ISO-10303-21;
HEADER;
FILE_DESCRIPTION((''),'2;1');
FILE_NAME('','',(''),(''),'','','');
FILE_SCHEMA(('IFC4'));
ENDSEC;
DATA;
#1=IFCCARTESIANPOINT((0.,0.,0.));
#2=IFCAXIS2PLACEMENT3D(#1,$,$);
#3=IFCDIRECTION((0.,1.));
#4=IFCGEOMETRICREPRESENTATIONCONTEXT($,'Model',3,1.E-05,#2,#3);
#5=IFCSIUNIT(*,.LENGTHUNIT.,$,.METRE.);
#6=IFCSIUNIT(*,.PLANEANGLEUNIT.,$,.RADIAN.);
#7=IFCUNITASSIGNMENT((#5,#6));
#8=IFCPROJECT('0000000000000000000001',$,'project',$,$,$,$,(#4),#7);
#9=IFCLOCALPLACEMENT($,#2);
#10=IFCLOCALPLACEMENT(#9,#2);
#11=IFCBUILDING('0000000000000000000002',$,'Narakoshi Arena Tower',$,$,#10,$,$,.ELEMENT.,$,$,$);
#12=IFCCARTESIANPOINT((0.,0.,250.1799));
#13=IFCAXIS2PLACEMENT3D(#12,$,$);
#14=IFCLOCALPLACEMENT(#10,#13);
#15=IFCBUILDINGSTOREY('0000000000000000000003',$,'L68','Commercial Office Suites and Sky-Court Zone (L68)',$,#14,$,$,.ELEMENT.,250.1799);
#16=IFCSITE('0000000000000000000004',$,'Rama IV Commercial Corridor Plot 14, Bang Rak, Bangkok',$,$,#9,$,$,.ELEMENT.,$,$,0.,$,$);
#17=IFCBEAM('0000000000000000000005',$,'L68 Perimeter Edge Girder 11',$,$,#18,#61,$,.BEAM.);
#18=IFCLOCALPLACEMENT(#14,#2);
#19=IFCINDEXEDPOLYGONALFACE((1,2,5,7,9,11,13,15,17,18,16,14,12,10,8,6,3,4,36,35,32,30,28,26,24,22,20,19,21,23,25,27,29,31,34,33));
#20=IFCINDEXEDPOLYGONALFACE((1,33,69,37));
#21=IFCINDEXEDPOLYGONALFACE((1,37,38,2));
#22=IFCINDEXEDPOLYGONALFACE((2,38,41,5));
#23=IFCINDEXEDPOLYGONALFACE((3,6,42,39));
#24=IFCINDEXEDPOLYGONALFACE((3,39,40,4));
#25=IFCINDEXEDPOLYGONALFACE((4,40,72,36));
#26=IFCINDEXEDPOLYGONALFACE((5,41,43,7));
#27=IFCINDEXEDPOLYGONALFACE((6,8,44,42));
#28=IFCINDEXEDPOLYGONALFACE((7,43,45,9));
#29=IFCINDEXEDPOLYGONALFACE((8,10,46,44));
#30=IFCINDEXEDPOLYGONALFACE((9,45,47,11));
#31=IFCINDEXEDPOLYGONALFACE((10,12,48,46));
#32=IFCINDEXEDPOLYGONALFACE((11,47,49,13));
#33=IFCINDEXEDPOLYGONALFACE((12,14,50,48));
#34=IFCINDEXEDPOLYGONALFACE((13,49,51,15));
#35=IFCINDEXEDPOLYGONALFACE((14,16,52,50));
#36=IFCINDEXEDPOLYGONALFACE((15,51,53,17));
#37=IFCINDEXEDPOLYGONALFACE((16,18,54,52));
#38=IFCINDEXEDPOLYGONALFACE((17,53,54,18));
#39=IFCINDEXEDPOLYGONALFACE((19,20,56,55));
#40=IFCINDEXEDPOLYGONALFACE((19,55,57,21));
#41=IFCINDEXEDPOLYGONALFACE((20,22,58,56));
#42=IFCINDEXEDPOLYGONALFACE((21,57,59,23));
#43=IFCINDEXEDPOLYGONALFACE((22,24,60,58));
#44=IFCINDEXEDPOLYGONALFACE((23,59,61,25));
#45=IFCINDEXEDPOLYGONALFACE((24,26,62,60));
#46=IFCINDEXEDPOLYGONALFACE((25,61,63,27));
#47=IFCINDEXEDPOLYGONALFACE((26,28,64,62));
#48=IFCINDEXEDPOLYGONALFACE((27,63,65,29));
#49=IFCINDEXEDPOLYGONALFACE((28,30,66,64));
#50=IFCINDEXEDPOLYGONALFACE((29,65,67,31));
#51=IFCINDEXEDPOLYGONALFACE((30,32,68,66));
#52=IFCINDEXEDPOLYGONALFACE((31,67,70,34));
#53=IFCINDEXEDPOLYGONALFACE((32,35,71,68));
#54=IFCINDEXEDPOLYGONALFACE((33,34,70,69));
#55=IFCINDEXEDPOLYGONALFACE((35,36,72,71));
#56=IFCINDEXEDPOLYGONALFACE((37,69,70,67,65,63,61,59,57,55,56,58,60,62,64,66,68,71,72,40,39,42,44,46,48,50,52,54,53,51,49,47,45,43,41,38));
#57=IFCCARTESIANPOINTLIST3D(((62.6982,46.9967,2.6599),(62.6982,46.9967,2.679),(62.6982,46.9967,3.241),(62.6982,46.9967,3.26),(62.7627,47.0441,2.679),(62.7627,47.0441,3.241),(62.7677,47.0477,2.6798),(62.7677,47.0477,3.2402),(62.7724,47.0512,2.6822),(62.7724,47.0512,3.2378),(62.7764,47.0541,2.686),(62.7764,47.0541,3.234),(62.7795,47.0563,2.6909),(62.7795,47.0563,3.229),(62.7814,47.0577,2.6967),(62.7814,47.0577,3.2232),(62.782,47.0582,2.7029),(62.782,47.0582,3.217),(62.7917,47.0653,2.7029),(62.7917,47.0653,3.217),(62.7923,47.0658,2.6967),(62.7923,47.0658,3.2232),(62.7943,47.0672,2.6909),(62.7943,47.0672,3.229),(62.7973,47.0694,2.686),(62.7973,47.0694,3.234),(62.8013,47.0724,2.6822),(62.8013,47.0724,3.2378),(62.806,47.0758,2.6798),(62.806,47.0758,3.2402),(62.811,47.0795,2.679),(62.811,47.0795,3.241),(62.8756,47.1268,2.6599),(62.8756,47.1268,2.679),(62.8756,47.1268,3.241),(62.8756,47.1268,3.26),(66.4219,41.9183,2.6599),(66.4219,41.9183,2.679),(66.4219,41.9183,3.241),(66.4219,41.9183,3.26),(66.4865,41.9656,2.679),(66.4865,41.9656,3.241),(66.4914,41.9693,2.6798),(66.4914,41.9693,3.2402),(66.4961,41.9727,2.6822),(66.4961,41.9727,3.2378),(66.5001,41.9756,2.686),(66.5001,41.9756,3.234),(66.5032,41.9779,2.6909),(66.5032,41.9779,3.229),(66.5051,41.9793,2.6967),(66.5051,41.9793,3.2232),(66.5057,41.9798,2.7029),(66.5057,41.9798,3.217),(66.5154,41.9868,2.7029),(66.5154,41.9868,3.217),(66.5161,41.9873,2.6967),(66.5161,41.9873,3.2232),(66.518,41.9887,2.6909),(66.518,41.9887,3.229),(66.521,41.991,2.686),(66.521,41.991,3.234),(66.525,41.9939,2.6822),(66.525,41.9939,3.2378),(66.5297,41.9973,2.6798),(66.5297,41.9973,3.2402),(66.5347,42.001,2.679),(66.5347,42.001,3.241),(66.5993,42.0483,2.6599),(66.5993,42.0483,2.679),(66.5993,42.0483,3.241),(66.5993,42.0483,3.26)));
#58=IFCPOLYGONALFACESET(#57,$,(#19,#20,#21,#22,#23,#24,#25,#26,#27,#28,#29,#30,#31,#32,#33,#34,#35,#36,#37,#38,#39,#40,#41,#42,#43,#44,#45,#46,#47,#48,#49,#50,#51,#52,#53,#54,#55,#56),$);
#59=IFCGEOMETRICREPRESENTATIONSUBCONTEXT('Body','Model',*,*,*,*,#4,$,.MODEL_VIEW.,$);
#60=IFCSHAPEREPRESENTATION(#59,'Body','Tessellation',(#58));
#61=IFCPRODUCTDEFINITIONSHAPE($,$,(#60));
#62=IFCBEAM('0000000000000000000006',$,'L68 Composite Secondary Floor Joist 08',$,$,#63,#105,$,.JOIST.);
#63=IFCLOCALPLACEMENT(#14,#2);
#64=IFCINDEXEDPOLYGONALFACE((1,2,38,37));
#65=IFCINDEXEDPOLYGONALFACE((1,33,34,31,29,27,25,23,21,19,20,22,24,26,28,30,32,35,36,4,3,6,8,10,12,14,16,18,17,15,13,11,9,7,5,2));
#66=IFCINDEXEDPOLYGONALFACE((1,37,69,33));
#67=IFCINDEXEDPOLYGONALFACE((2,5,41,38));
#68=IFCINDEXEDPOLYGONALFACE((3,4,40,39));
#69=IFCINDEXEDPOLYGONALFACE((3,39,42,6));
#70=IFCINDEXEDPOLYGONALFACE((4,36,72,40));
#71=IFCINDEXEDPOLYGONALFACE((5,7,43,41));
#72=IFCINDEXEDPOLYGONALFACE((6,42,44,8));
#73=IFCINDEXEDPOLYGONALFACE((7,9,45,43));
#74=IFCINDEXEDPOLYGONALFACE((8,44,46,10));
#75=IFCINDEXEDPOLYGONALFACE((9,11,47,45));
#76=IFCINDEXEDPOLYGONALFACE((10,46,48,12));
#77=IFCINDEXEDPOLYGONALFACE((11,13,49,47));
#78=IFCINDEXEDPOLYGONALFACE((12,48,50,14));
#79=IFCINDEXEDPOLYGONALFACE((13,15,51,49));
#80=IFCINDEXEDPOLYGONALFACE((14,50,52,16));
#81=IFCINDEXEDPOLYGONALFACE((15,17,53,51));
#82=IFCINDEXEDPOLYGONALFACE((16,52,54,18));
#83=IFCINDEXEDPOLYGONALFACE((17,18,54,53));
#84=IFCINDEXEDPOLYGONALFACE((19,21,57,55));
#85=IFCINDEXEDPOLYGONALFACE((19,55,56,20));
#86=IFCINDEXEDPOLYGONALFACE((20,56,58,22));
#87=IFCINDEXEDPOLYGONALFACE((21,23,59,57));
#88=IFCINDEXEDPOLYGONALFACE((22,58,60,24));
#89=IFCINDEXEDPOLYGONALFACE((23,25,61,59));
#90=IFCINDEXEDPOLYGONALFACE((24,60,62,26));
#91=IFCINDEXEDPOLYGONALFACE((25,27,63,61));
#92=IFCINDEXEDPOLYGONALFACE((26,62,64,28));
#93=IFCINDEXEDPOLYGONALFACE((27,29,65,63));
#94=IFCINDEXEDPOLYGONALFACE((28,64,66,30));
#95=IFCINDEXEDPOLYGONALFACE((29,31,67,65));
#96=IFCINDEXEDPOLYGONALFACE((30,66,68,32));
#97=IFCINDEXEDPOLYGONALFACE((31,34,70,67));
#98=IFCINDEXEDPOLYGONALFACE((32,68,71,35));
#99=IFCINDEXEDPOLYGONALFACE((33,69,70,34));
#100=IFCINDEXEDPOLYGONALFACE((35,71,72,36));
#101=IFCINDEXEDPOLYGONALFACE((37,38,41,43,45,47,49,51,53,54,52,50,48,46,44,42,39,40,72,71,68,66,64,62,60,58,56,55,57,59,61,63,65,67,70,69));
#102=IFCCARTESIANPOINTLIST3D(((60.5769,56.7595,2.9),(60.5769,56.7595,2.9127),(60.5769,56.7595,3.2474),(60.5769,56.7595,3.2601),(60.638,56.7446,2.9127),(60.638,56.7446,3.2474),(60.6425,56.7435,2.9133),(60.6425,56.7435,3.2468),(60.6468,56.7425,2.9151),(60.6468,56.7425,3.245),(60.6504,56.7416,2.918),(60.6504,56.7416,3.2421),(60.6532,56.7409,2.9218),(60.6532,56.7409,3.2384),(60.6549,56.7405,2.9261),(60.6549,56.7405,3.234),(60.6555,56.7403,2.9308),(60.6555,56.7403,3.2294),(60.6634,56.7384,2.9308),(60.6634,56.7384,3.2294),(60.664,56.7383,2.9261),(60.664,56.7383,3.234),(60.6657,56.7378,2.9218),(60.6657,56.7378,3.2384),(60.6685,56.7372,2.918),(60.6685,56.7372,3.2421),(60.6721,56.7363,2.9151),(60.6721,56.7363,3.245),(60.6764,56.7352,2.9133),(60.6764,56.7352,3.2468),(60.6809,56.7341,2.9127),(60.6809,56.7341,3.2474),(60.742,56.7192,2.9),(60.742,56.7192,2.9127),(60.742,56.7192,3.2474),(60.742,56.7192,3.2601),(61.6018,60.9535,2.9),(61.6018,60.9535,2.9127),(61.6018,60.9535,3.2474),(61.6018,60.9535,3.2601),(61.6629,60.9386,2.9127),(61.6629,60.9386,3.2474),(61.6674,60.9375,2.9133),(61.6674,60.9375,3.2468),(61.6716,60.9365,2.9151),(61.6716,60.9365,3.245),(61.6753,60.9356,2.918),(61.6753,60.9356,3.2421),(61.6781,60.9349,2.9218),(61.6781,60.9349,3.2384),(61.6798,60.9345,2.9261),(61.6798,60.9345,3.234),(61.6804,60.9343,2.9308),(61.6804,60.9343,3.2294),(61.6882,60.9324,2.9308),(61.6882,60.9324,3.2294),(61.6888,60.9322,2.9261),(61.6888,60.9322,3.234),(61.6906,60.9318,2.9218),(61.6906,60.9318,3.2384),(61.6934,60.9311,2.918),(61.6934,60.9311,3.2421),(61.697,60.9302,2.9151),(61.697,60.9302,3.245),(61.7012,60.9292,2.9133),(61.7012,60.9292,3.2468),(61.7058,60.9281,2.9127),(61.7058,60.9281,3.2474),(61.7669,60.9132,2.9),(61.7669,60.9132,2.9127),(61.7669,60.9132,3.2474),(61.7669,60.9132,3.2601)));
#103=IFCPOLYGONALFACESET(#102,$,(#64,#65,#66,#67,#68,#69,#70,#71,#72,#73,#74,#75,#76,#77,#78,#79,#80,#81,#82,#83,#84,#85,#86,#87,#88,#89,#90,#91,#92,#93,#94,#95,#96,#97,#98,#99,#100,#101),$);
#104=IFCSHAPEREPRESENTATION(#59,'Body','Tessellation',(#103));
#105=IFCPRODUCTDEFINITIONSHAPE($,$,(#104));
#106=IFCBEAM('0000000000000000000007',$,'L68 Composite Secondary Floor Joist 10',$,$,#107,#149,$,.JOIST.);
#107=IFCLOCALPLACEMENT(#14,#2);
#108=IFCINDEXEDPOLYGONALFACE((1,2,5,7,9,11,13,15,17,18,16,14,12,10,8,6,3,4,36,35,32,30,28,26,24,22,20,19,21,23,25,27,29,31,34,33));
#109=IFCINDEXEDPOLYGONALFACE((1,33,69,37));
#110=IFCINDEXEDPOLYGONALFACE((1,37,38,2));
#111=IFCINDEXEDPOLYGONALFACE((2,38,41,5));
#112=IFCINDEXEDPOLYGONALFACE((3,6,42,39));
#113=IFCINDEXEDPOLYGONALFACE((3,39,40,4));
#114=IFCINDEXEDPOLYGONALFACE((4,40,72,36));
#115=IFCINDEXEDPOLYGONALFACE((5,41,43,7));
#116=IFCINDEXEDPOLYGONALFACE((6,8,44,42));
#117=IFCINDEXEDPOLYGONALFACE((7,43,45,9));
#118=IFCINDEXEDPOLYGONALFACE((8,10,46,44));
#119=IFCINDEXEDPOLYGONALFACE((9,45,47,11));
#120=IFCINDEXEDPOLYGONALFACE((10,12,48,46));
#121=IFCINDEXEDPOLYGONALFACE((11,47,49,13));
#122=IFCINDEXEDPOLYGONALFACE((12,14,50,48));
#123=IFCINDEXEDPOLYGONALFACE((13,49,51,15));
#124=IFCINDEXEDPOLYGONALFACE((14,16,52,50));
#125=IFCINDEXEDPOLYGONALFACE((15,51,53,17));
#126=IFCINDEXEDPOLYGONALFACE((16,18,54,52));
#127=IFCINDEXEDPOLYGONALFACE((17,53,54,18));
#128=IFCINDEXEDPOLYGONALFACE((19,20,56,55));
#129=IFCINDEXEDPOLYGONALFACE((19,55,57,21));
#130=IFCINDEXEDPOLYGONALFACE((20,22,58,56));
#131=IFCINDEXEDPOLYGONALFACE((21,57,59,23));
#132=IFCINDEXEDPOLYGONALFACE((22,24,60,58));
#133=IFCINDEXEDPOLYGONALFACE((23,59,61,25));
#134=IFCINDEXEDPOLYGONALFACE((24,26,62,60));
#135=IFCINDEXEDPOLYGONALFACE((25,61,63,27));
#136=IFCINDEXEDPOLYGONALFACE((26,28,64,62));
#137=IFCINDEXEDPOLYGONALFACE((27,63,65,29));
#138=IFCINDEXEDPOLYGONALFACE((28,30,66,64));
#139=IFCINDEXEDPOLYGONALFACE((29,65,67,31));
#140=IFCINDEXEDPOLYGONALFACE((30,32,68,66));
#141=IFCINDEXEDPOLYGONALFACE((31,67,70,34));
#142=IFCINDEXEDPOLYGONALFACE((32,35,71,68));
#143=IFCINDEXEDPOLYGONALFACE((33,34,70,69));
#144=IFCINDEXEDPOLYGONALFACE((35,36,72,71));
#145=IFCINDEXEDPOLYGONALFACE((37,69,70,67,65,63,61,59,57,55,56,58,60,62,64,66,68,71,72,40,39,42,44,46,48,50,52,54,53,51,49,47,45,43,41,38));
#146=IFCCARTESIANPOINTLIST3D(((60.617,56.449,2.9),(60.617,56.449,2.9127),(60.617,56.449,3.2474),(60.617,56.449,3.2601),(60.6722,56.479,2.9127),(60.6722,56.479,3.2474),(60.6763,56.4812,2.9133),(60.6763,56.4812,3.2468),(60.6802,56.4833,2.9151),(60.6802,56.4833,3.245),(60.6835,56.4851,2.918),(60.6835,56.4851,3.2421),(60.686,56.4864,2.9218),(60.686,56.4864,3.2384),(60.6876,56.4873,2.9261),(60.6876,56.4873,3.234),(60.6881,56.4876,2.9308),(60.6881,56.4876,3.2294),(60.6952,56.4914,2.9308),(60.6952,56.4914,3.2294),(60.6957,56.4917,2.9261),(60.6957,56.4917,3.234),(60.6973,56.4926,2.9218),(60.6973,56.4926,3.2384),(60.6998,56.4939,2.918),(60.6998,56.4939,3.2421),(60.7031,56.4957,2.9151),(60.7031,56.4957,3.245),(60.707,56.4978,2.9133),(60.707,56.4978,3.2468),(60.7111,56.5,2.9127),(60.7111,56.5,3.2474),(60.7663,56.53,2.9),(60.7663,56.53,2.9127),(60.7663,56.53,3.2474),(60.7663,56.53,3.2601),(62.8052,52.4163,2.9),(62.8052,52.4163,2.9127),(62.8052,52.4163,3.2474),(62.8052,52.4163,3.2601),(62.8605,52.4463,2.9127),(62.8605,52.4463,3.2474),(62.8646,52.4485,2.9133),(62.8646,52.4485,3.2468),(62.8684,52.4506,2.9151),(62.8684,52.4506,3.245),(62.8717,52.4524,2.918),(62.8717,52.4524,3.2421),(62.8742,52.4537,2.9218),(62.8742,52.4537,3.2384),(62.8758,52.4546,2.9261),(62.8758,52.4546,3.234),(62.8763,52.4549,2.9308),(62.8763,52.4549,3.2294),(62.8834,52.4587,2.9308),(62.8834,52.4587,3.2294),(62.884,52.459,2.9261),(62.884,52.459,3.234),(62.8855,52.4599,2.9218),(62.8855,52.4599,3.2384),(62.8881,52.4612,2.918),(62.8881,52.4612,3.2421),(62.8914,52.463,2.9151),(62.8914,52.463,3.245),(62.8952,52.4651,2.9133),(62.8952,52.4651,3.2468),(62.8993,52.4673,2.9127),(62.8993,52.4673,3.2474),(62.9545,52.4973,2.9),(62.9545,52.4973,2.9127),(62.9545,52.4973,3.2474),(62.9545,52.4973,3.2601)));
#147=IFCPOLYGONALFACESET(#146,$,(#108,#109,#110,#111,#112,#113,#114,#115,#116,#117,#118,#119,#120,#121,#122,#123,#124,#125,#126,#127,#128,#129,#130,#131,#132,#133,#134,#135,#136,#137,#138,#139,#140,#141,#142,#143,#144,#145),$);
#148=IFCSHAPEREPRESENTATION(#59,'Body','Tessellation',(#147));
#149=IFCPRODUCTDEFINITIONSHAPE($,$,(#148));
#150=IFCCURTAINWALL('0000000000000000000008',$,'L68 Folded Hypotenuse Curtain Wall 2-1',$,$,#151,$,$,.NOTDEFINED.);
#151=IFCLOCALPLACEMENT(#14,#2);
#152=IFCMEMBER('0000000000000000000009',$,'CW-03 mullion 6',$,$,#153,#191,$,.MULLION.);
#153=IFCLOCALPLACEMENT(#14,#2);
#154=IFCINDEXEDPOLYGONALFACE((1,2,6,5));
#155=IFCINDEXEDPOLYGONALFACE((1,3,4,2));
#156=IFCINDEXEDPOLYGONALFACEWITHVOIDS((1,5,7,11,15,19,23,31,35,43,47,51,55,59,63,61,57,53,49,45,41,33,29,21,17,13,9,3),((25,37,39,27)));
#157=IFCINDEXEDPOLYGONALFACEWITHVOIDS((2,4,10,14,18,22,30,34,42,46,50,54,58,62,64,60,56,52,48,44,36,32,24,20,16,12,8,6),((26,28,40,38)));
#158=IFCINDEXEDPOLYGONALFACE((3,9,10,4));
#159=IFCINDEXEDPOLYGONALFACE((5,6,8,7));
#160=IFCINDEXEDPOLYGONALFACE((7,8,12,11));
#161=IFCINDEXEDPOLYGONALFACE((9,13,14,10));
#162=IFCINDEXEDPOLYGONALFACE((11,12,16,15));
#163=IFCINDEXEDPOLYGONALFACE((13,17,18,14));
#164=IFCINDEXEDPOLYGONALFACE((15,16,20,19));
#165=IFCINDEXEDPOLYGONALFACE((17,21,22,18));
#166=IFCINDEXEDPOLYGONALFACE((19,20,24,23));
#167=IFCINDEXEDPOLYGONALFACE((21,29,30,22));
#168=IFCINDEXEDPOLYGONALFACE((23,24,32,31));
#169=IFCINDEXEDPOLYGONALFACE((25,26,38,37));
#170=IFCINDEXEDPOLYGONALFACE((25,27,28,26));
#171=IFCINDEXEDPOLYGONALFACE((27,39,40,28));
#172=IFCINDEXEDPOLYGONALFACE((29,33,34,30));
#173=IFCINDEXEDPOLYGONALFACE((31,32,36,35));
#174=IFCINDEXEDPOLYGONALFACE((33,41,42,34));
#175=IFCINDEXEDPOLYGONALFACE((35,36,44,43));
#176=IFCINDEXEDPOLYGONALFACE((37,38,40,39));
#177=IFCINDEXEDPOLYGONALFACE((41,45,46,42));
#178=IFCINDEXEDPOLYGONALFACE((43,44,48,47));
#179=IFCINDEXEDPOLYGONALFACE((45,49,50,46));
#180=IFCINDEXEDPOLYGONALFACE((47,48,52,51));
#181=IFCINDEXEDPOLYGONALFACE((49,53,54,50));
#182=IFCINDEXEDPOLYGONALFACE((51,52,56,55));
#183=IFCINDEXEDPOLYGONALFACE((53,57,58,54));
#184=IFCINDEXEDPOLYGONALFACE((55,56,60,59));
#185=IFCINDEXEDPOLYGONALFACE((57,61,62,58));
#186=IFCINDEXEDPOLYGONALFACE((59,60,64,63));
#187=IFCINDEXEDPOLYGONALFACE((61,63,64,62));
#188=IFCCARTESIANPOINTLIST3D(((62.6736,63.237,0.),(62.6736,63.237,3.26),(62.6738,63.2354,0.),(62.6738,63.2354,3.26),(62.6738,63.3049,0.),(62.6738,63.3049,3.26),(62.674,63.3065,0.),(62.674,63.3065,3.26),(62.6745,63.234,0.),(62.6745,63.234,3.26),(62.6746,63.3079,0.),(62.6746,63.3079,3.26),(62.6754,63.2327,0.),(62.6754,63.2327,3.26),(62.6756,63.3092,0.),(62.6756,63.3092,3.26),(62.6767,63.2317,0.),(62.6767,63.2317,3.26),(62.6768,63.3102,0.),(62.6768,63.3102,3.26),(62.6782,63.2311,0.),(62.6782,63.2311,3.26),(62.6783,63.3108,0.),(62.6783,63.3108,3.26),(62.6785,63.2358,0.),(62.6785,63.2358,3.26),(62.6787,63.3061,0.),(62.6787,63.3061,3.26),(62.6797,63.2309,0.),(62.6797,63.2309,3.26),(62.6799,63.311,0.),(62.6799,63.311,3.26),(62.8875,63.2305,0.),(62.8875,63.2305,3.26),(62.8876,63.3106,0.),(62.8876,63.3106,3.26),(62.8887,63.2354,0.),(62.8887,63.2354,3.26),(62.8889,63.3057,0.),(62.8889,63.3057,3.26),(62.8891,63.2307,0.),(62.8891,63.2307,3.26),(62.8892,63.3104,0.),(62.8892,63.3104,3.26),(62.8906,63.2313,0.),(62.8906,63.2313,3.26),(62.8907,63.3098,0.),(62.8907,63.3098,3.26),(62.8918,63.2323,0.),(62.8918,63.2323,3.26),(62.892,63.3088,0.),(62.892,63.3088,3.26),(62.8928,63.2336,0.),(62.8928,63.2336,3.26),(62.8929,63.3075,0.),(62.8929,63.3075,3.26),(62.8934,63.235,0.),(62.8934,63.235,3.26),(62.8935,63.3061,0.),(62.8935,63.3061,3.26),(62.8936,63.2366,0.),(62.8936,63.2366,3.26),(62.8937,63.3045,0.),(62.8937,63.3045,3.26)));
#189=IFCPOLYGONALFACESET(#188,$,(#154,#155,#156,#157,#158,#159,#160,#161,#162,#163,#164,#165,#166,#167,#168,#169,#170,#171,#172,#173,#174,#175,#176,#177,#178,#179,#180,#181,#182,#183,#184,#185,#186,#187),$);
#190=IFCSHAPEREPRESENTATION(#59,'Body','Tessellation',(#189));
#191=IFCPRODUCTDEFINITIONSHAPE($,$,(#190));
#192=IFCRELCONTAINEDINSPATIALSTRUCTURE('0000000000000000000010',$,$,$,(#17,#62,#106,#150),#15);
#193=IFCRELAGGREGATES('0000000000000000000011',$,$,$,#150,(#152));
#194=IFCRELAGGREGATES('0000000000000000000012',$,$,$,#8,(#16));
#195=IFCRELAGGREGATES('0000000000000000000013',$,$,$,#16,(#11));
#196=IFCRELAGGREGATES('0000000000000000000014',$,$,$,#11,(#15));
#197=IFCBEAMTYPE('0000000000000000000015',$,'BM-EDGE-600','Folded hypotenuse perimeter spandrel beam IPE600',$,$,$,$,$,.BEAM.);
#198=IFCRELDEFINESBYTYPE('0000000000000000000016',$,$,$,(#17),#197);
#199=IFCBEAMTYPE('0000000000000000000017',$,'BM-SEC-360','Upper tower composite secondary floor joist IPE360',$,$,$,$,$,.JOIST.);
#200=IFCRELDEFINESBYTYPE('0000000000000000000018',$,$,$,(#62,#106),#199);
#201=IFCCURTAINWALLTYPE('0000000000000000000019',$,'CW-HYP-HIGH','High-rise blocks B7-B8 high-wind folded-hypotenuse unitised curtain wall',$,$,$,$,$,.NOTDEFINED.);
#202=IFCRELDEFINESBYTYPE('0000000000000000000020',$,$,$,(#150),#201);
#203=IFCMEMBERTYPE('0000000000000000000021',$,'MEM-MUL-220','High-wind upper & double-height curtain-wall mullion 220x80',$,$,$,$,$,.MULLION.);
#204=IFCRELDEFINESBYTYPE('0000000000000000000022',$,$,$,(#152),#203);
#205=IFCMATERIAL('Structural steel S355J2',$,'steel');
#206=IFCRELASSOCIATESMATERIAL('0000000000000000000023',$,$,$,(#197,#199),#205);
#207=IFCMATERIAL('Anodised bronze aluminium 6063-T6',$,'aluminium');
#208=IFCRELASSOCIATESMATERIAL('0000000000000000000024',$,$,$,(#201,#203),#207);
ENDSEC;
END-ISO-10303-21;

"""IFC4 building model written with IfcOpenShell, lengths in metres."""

from ifc_helpers import new_model, si_unit, direction, frame, origin, origin_2d, place, context, subcontext, project, spatial, hollow_rectangle, i_section, extrude, material, material_profile, profile_set, type_object, element, aggregate, save


model = new_model("IFC4")

# Units and contexts
model_context = context("Model", 3, precision=1e-05, world=origin(), true_north=direction((0.0, 1.0)))
body_context = subcontext(model_context, "Body", "Model", "MODEL_VIEW")
ifc_project = project(units=[si_unit("LENGTHUNIT", "METRE"), si_unit("PLANEANGLEUNIT", "RADIAN")], contexts=[model_context])

# Site, building, storey
site_placement = place(None, origin())
site = spatial("IfcSite", under=ifc_project, at=site_placement, Name="Rama IV Commercial Corridor Plot 14, Bang Rak, Bangkok", CompositionType="ELEMENT", RefElevation=0.0)
building_placement = place(site_placement, origin())
building = spatial("IfcBuilding", under=site, at=building_placement, Name="Narakoshi Arena Tower", CompositionType="ELEMENT")
storey_placement = place(building_placement, frame((0.0, 0.0, 250.1799)))
storey = spatial("IfcBuildingStorey", under=building, at=storey_placement, Name="L68", Description="Commercial Office Suites and Sky-Court Zone (L68)", CompositionType="ELEMENT", Elevation=250.1799)

# Beams
ifc_material_1 = material(Name="Structural steel S355J2", Category="steel")
ifc_material_profile_1 = material_profile(ifc_material_1, i_section(OverallWidth=0.22, OverallDepth=0.6001, WebThickness=0.012, FlangeThickness=0.019, FilletRadius=0.0239, at=origin_2d()), Name="IPE600")
ifc_profile_set_1 = profile_set([ifc_material_profile_1], Name="Structural steel S355J2")
beam_type_1 = type_object("IfcBeamType", Name="BM-EDGE-600", Description="Folded hypotenuse perimeter spandrel beam IPE600", PredefinedType="BEAM", material=ifc_profile_set_1)
for number, where, z_axis, x_axis, name in (
    (1, (62.7869, 47.0618, 2.96), (0.591312, -0.806443, 0.0), (0.806443, 0.591312, 0.0), "L68 Perimeter Edge Girder 11"),
):
    element("IfcBeam", number, at=place(storey_placement, frame(where, z_axis=z_axis, x_axis=x_axis)), inside=storey, type_object=beam_type_1, Name=name, PredefinedType="BEAM", context=body_context, shape_type="SweptSolid", body=[
        extrude(i_section(OverallWidth=0.22, OverallDepth=0.6001, WebThickness=0.012, FlangeThickness=0.019, FilletRadius=0.0239, at=origin_2d()), origin(), (0.0, 0.0, 1.0), 6.2974),
    ])
ifc_material_profile_2 = material_profile(ifc_material_1, i_section(OverallWidth=0.1699, OverallDepth=0.3601, WebThickness=0.0081, FlangeThickness=0.0127, FilletRadius=0.0181, at=origin_2d()), Name="IPE360")
ifc_profile_set_2 = profile_set([ifc_material_profile_2], Name="Structural steel S355J2")
beam_type_2 = type_object("IfcBeamType", Name="BM-SEC-360", Description="Upper tower composite secondary floor joist IPE360", PredefinedType="JOIST", material=ifc_profile_set_2)
beam_1_placement = place(storey_placement, frame((61.6843, 60.9333, 3.0801), z_axis=(-0.237383, -0.971416, 0.0), x_axis=(0.971416, -0.237383, 0.0)))
element("IfcBeam", 2, at=beam_1_placement, inside=storey, type_object=beam_type_2, Name="L68 Composite Secondary Floor Joist 08", PredefinedType="JOIST", context=body_context, shape_type="SweptSolid", body=[
    extrude(i_section(OverallWidth=0.1699, OverallDepth=0.3601, WebThickness=0.0081, FlangeThickness=0.0127, FilletRadius=0.0181, at=origin_2d()), origin(), (0.0, 0.0, 1.0), 4.3174),
])
beam_2_placement = place(storey_placement, frame((60.6917, 56.4895, 3.0801), z_axis=(0.476931, -0.878941, 0.0), x_axis=(0.878941, 0.476931, 0.0)))
element("IfcBeam", 3, at=beam_2_placement, inside=storey, type_object=beam_type_2, Name="L68 Composite Secondary Floor Joist 10", PredefinedType="JOIST", context=body_context, shape_type="SweptSolid", body=[
    extrude(i_section(OverallWidth=0.1699, OverallDepth=0.3601, WebThickness=0.0081, FlangeThickness=0.0127, FilletRadius=0.0181, at=origin_2d()), origin(), (0.0, 0.0, 1.0), 4.5881),
])

# Curtain wall, member
ifc_material_2 = material(Name="Anodised bronze aluminium 6063-T6", Category="aluminium")
curtain_wall_type = type_object("IfcCurtainWallType", Name="CW-HYP-HIGH", Description="High-rise blocks B7-B8 high-wind folded-hypotenuse unitised curtain wall", PredefinedType="NOTDEFINED", material=ifc_material_2)
curtain_wall_placement = place(storey_placement, origin())
curtain_wall = element("IfcCurtainWall", 4, at=curtain_wall_placement, inside=storey, type_object=curtain_wall_type, Name="L68 Folded Hypotenuse Curtain Wall 2-1", PredefinedType="NOTDEFINED")
ifc_material_profile_3 = material_profile(ifc_material_2, hollow_rectangle(XDim=0.0801, YDim=0.22, WallThickness=0.0049, OuterFilletRadius=0.0061, at=origin_2d()), Name="MUL220x80x5")
ifc_profile_set_3 = profile_set([ifc_material_profile_3], Name="Anodised bronze aluminium 6063-T6")
member_type_1 = type_object("IfcMemberType", Name="MEM-MUL-220", Description="High-wind upper & double-height curtain-wall mullion 220x80", PredefinedType="MULLION", material=ifc_profile_set_3)
member_1_placement = place(storey_placement, frame((62.7837, 63.2708, 0.0), z_axis=(0.0, 0.0, 1.0), x_axis=(-0.00182, -0.999998, 0.0)))
member_1 = element("IfcMember", 5, at=member_1_placement, type_object=member_type_1, Name="CW-03 mullion 6", PredefinedType="MULLION", context=body_context, shape_type="SweptSolid", body=[
    extrude(hollow_rectangle(XDim=0.0801, YDim=0.22, WallThickness=0.0049, OuterFilletRadius=0.0061, at=origin_2d()), origin(), (0.0, 0.0, 1.0), 3.26),
])
aggregate(curtain_wall, [member_1])

save(model, "model.ifc")
